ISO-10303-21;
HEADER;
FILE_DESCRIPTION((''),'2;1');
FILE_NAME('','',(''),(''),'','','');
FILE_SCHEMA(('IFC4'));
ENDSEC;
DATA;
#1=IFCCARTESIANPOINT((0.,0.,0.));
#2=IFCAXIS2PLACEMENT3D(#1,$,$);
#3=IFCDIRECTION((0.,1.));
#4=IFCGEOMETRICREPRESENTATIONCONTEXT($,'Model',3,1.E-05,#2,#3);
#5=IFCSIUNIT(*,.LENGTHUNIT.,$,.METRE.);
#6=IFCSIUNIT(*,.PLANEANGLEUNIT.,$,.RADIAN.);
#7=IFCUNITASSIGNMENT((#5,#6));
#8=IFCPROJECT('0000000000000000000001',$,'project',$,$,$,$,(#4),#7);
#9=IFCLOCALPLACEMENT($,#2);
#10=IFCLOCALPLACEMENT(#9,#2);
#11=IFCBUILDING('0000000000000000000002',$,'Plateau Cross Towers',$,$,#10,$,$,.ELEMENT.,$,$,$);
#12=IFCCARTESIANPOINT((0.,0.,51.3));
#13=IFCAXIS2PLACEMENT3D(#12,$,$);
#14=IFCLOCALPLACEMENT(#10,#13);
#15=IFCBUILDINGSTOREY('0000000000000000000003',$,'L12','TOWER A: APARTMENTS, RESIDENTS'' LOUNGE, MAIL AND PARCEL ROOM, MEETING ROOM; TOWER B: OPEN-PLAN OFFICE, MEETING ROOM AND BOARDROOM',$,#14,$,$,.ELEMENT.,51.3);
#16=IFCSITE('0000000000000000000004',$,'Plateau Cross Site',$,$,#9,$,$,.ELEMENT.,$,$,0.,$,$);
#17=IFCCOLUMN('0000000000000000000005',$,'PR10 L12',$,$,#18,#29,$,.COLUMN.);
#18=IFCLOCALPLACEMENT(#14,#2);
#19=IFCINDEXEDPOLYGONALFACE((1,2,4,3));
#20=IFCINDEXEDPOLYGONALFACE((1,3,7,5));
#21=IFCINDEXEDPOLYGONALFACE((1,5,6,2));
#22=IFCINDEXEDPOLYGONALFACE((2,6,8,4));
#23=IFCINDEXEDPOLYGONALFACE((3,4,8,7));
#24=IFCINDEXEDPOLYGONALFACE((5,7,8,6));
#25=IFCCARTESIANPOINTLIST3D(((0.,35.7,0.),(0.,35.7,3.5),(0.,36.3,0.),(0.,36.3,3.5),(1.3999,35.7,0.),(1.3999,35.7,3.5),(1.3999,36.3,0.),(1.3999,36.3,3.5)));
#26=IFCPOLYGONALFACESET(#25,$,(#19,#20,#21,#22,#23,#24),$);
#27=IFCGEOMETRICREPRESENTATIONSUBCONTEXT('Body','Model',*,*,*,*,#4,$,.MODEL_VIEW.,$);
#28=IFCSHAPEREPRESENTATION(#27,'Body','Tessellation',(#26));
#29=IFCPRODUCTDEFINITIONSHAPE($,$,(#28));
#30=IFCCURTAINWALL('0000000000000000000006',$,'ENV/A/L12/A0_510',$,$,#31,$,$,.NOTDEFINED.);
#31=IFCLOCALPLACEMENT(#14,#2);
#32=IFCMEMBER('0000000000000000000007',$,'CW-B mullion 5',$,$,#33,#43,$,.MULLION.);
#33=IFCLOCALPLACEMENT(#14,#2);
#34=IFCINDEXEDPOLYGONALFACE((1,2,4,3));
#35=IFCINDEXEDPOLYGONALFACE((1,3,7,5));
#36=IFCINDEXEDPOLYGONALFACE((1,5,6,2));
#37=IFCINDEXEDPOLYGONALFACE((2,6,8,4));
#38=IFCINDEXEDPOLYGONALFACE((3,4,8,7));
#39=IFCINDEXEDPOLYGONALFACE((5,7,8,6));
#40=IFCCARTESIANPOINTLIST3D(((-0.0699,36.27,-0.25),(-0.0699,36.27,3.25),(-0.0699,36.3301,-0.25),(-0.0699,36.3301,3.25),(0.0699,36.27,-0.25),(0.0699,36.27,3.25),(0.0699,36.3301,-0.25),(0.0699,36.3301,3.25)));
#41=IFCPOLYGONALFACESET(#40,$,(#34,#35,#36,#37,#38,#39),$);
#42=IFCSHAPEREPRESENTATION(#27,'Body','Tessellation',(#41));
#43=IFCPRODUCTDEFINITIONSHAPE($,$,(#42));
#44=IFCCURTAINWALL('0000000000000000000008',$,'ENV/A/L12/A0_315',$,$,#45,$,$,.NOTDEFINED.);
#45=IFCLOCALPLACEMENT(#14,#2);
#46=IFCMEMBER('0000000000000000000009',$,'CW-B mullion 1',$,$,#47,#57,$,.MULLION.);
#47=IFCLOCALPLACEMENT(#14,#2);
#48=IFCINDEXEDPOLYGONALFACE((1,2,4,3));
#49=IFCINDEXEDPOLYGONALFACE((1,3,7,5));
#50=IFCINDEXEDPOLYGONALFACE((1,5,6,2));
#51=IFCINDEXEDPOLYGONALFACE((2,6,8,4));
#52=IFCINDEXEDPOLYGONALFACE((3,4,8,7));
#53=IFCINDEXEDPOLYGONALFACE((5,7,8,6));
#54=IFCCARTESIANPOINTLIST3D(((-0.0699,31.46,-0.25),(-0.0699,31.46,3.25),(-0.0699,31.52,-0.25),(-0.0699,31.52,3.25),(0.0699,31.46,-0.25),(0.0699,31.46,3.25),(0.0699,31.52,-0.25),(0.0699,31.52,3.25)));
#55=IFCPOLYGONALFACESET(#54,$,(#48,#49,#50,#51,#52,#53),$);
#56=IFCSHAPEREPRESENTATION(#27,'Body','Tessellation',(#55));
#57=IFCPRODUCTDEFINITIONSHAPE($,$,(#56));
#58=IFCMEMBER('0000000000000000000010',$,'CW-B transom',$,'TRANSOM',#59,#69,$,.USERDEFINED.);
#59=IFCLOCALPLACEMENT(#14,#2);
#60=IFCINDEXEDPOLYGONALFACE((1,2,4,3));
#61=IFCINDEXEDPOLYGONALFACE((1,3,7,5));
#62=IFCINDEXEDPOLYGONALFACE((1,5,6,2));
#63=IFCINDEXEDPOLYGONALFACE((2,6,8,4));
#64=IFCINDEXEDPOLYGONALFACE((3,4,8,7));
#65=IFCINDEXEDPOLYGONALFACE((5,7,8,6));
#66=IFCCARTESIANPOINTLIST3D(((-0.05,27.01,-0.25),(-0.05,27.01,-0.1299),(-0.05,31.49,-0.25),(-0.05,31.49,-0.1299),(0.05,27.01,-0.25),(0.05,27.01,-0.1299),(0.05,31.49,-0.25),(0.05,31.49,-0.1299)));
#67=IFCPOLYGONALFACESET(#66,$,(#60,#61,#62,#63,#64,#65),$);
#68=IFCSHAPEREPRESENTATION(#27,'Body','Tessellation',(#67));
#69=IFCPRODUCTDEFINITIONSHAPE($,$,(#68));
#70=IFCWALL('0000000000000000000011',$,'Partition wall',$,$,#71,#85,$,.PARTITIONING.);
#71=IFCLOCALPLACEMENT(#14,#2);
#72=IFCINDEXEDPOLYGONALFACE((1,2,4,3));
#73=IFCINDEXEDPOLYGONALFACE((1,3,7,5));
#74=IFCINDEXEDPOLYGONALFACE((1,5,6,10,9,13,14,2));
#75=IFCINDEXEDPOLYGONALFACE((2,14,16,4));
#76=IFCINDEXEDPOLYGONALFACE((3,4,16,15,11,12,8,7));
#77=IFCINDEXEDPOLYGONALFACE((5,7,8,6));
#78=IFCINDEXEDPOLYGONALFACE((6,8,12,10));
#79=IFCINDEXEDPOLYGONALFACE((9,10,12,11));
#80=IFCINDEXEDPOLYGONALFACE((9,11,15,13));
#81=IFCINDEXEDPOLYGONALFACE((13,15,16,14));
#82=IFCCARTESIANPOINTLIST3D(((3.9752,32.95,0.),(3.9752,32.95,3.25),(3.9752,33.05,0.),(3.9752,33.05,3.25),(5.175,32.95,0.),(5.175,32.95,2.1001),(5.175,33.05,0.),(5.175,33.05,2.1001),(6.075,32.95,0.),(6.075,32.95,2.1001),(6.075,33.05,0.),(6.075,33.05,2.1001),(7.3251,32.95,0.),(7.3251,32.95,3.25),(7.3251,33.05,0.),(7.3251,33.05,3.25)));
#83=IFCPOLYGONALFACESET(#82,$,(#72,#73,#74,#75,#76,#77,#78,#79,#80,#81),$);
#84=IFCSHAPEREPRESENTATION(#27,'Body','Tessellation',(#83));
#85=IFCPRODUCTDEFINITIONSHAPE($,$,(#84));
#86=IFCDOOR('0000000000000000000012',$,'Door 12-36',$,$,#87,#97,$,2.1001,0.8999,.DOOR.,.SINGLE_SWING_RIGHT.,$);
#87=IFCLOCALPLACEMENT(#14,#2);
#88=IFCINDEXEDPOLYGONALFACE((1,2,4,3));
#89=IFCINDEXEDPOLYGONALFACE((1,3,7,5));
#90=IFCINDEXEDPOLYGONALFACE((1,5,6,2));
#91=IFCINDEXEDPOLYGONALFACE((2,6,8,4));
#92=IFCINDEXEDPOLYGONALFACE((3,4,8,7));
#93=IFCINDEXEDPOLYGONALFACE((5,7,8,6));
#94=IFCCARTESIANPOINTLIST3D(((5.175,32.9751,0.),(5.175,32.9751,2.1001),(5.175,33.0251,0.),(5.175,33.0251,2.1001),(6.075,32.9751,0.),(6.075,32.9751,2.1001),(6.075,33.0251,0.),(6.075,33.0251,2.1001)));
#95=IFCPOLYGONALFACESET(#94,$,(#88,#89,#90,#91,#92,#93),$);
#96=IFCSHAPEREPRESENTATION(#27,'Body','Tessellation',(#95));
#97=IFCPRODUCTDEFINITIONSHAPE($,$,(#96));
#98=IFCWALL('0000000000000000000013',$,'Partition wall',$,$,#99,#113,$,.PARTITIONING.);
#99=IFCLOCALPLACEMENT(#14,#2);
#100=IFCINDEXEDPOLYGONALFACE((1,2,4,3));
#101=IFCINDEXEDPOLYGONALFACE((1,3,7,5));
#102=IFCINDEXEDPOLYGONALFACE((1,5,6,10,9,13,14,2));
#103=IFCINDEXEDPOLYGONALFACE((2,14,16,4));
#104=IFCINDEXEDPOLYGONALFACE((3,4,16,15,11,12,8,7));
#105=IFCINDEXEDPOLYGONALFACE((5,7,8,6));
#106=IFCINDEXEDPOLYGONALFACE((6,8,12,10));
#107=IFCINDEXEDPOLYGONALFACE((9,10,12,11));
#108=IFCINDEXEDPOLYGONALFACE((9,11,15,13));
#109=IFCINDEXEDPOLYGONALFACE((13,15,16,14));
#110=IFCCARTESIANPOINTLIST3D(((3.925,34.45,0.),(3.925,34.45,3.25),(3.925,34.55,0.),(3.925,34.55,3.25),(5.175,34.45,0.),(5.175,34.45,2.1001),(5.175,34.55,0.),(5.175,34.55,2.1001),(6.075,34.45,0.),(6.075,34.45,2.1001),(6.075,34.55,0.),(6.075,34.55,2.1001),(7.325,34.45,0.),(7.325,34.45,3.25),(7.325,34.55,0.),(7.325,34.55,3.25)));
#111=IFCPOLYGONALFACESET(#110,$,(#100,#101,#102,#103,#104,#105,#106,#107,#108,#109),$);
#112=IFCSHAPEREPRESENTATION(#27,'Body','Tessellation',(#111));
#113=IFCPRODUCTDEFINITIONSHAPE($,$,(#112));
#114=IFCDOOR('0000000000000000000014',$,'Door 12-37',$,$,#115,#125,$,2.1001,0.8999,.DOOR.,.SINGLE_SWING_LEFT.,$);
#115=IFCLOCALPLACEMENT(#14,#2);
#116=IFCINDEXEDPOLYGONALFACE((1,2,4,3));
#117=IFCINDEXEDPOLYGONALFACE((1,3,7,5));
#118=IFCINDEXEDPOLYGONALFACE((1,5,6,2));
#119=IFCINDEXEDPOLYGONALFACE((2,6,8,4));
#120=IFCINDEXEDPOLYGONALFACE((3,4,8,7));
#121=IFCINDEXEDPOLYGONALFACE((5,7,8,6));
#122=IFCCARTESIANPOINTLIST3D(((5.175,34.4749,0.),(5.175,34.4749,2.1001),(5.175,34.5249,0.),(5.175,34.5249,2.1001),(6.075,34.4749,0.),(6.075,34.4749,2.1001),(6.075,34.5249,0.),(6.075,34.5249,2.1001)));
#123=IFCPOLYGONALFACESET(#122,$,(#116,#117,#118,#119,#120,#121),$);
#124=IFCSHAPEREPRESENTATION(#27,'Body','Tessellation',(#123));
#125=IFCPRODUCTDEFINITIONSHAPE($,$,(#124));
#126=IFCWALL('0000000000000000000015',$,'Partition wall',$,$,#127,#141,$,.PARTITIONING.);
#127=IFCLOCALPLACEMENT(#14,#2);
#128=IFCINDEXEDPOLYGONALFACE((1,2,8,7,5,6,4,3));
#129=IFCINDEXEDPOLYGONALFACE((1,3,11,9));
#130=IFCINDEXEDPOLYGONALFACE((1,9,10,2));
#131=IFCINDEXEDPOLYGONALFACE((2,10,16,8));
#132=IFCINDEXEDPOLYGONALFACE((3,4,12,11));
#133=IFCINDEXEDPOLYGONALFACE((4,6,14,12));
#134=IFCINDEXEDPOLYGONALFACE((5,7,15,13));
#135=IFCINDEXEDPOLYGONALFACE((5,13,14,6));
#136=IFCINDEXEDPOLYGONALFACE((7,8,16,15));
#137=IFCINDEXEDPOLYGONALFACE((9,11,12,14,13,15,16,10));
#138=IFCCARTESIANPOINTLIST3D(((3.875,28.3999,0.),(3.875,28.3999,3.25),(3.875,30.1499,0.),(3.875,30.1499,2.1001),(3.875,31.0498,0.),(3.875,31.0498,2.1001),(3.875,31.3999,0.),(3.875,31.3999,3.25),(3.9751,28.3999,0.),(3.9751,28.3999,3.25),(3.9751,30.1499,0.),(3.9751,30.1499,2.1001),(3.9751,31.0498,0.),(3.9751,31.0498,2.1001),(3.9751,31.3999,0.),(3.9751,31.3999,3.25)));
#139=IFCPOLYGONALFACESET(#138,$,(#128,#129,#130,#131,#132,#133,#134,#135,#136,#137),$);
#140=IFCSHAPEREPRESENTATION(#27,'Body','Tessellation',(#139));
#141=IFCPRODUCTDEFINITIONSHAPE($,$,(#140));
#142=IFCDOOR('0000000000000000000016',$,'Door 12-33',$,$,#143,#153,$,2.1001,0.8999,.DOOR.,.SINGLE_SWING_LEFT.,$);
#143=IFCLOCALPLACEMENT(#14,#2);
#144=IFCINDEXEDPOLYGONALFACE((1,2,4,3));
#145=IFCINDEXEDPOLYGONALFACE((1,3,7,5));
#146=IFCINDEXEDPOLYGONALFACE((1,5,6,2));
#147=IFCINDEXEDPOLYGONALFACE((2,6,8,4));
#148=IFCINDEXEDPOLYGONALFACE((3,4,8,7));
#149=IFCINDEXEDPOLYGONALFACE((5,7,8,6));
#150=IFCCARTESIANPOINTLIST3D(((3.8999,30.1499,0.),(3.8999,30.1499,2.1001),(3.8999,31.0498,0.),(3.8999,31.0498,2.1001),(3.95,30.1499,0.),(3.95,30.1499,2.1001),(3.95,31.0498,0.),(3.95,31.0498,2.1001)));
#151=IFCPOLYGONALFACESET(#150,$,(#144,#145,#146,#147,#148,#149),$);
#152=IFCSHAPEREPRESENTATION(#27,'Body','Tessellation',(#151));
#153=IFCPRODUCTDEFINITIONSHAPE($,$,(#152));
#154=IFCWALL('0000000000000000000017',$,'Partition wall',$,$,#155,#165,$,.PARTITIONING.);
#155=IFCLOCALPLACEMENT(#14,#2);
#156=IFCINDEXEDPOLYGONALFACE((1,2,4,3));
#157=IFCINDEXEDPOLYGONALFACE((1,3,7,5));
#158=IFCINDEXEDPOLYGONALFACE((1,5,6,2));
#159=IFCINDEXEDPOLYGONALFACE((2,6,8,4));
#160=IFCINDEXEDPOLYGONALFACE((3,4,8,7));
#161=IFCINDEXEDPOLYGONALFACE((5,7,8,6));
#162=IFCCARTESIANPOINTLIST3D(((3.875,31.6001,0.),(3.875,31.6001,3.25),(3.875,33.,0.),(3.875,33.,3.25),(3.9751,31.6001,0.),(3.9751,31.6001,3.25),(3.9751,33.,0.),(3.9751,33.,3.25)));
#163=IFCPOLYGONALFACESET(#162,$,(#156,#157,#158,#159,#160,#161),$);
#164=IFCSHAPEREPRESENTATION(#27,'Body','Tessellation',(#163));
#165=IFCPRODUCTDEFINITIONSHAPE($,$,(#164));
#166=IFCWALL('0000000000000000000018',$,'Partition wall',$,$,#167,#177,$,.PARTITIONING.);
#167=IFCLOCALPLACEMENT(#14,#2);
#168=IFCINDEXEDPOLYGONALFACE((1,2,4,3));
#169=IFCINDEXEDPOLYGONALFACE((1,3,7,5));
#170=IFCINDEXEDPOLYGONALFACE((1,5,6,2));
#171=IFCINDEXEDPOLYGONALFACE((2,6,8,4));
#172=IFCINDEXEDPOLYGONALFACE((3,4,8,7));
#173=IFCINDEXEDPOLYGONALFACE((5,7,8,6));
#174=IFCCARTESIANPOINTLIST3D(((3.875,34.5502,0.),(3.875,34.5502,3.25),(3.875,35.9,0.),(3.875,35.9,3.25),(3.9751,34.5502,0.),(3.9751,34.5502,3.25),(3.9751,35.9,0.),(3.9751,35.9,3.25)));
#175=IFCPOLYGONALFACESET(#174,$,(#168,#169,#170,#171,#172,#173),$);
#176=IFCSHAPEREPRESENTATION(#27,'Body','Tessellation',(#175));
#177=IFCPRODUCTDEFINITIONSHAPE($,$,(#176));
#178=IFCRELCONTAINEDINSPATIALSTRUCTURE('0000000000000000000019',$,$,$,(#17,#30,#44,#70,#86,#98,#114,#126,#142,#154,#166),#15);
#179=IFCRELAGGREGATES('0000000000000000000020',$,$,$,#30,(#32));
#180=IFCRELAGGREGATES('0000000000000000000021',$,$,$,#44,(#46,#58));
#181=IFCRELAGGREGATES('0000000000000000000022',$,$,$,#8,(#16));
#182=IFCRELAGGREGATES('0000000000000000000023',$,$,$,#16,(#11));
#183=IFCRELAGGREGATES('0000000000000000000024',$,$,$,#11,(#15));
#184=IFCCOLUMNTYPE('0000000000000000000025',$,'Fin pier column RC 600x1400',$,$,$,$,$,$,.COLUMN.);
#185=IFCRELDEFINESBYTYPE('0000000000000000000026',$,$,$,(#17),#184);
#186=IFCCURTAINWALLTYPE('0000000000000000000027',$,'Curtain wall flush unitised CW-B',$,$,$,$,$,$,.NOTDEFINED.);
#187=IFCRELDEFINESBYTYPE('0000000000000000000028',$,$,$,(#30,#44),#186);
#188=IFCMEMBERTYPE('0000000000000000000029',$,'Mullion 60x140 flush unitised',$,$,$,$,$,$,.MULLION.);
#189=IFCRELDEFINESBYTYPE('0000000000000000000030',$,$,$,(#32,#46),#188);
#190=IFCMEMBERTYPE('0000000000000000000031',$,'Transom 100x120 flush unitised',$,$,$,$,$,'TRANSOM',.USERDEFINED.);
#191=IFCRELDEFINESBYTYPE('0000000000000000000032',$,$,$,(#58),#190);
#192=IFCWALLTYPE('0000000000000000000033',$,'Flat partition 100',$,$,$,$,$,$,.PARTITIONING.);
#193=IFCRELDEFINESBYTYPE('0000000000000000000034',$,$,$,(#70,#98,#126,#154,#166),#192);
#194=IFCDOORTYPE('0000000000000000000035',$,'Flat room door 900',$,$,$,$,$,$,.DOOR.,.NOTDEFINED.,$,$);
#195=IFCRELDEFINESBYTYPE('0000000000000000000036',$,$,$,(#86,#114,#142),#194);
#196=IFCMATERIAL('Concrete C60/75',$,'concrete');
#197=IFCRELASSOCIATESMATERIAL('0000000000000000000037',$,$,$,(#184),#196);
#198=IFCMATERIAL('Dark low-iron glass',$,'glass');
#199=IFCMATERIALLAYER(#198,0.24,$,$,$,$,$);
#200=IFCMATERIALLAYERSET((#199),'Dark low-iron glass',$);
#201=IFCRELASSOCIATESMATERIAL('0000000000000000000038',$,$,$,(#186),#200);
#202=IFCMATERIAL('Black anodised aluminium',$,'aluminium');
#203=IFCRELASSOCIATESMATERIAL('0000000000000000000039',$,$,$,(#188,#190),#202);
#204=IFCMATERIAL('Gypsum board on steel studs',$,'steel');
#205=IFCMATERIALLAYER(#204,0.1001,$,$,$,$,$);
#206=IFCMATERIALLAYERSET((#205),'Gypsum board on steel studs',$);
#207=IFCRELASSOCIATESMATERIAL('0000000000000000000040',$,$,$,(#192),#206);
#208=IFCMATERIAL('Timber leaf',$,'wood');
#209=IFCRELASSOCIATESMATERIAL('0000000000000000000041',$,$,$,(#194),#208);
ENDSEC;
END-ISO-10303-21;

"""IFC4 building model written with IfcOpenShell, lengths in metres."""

from ifc_helpers import new_model, si_unit, direction, frame, frame_2d, origin, origin_2d, place, context, subcontext, project, spatial, rectangle, extrude, material, layer, layer_set, material_profile, profile_set, type_object, element, fill, aggregate, save


model = new_model("IFC4")

# Units and contexts
model_context = context("Model", 3, precision=1e-05, world=origin(), true_north=direction((0.0, 1.0)))
body_context = subcontext(model_context, "Body", "Model", "MODEL_VIEW")
ifc_project = project(units=[si_unit("LENGTHUNIT", "METRE"), si_unit("PLANEANGLEUNIT", "RADIAN")], contexts=[model_context])

# Site, building, storey
site_placement = place(None, origin())
site = spatial("IfcSite", under=ifc_project, at=site_placement, Name="Plateau Cross Site", CompositionType="ELEMENT", RefElevation=0.0)
building_placement = place(site_placement, origin())
building = spatial("IfcBuilding", under=site, at=building_placement, Name="Plateau Cross Towers", CompositionType="ELEMENT")
storey_placement = place(building_placement, frame((0.0, 0.0, 51.3)))
storey = spatial("IfcBuildingStorey", under=building, at=storey_placement, Name="L12", Description="TOWER A: APARTMENTS, RESIDENTS' LOUNGE, MAIL AND PARCEL ROOM, MEETING ROOM; TOWER B: OPEN-PLAN OFFICE, MEETING ROOM AND BOARDROOM", CompositionType="ELEMENT", Elevation=51.3)

# Column
ifc_material_1 = material(Name="Concrete C60/75", Category="concrete")
ifc_material_profile_1 = material_profile(ifc_material_1, rectangle(XDim=0.6001, YDim=1.3999, at=origin_2d()), Name="RC 600x1400")
ifc_profile_set_1 = profile_set([ifc_material_profile_1], Name="Concrete C60/75")
column_type = type_object("IfcColumnType", Name="Fin pier column RC 600x1400", PredefinedType="COLUMN", material=ifc_profile_set_1)
column_placement = place(storey_placement, frame((0.7, 36.0, 0.0), z_axis=(0.0, 0.0, 1.0), x_axis=(0.0, 1.0, 0.0)))
element("IfcColumn", 1, at=column_placement, inside=storey, type_object=column_type, Name="PR10 L12", PredefinedType="COLUMN", context=body_context, shape_type="SweptSolid", body=[
    extrude(rectangle(XDim=0.6001, YDim=1.3999, at=origin_2d()), origin(), (0.0, 0.0, 1.0), 3.5),
])

# Curtain wall, member
ifc_material_2 = material(Name="Dark low-iron glass", Category="glass")
ifc_layer_1 = layer(ifc_material_2, 0.24)
ifc_layer_set_1 = layer_set([ifc_layer_1], Name="Dark low-iron glass")
curtain_wall_type = type_object("IfcCurtainWallType", Name="Curtain wall flush unitised CW-B", PredefinedType="NOTDEFINED", material=ifc_layer_set_1)
curtain_wall_1_placement = place(storey_placement, origin())
curtain_wall_1 = element("IfcCurtainWall", 2, at=curtain_wall_1_placement, inside=storey, type_object=curtain_wall_type, Name="ENV/A/L12/A0_510", PredefinedType="NOTDEFINED")
ifc_material_3 = material(Name="Black anodised aluminium", Category="aluminium")
ifc_material_profile_2 = material_profile(ifc_material_3, rectangle(XDim=0.0601, YDim=0.1399, at=origin_2d()), Name="MULLION 60x140")
ifc_profile_set_2 = profile_set([ifc_material_profile_2], Name="Black anodised aluminium")
member_type_1 = type_object("IfcMemberType", Name="Mullion 60x140 flush unitised", PredefinedType="MULLION", material=ifc_profile_set_2)
member_1_placement = place(storey_placement, frame((0.0, 36.3, -0.25), z_axis=(0.0, 0.0, 1.0), x_axis=(0.0, -1.0, 0.0)))
member_1 = element("IfcMember", 3, at=member_1_placement, type_object=member_type_1, Name="CW-B mullion 5", PredefinedType="MULLION", context=body_context, shape_type="SweptSolid", body=[
    extrude(rectangle(XDim=0.0601, YDim=0.1399, at=origin_2d()), origin(), (0.0, 0.0, 1.0), 3.5),
])
aggregate(curtain_wall_1, [member_1])

# Curtain wall, members
curtain_wall_2_placement = place(storey_placement, origin())
curtain_wall_2 = element("IfcCurtainWall", 4, at=curtain_wall_2_placement, inside=storey, type_object=curtain_wall_type, Name="ENV/A/L12/A0_315", PredefinedType="NOTDEFINED")
member_2_placement = place(storey_placement, frame((0.0, 31.49, -0.25), z_axis=(0.0, 0.0, 1.0), x_axis=(0.0, -1.0, 0.0)))
member_2 = element("IfcMember", 5, at=member_2_placement, type_object=member_type_1, Name="CW-B mullion 1", PredefinedType="MULLION", context=body_context, shape_type="SweptSolid", body=[
    extrude(rectangle(XDim=0.0601, YDim=0.1399, at=origin_2d()), origin(), (0.0, 0.0, 1.0), 3.5),
])
ifc_material_profile_3 = material_profile(ifc_material_3, rectangle(XDim=0.1001, YDim=0.1201, at=origin_2d()), Name="TRANSOM 100x120")
ifc_profile_set_3 = profile_set([ifc_material_profile_3], Name="Black anodised aluminium")
member_type_2 = type_object("IfcMemberType", Name="Transom 100x120 flush unitised", ElementType="TRANSOM", PredefinedType="USERDEFINED", material=ifc_profile_set_3)
member_3_placement = place(storey_placement, frame((0.0, 31.49, -0.1899), z_axis=(0.0, -1.0, 0.0), x_axis=(1.0, 0.0, 0.0)))
member_3 = element("IfcMember", 6, at=member_3_placement, type_object=member_type_2, Name="CW-B transom", ObjectType="TRANSOM", PredefinedType="USERDEFINED", context=body_context, shape_type="SweptSolid", body=[
    extrude(rectangle(XDim=0.1001, YDim=0.1201, at=origin_2d()), origin(), (0.0, 0.0, 1.0), 4.48),
])
aggregate(curtain_wall_2, [member_2, member_3])

# Walls, openings, doors
ifc_material_4 = material(Name="Gypsum board on steel studs", Category="steel")
ifc_layer_2 = layer(ifc_material_4, 0.1001)
ifc_layer_set_2 = layer_set([ifc_layer_2], Name="Gypsum board on steel studs")
wall_type_1 = type_object("IfcWallType", Name="Flat partition 100", PredefinedType="PARTITIONING", material=ifc_layer_set_2)
wall_1_placement = place(storey_placement, frame((7.325, 33.0, 0.0), z_axis=(0.0, 0.0, 1.0), x_axis=(-1.0, 0.0, 0.0)))
wall_1 = element("IfcWall", 7, at=wall_1_placement, inside=storey, type_object=wall_type_1, Name="Partition wall", PredefinedType="PARTITIONING", context=body_context, shape_type="SweptSolid", body=[
    extrude(rectangle(XDim=3.3499, YDim=0.1001, at=frame_2d((1.6748, 0.0))), origin(), (0.0, 0.0, 1.0), 3.25),
])
opening_1_placement = place(wall_1_placement, frame((1.25, 0.0, 0.0)))
opening_1 = element("IfcOpeningElement", 8, at=opening_1_placement, cuts=wall_1, PredefinedType="OPENING", context=body_context, shape_type="SweptSolid", body=[
    extrude(rectangle(XDim=0.8999, YDim=2.1001, at=frame_2d((0.45, 1.05))), frame((0.0, 0.0601, 0.0), z_axis=(0.0, -1.0, 0.0), x_axis=(1.0, 0.0, 0.0)), (0.0, 0.0, 1.0), 0.1201),
])
ifc_material_5 = material(Name="Timber leaf", Category="wood")
door_type_1 = type_object("IfcDoorType", Name="Flat room door 900", OperationType="NOTDEFINED", PredefinedType="DOOR", material=ifc_material_5)
door_1_placement = place(opening_1_placement, origin())
door_1 = element("IfcDoor", 9, at=door_1_placement, inside=storey, type_object=door_type_1, Name="Door 12-36", OperationType="SINGLE_SWING_RIGHT", OverallHeight=2.1001, OverallWidth=0.8999, PredefinedType="DOOR", context=body_context, shape_type="SweptSolid", body=[
    extrude(rectangle(XDim=0.8999, YDim=2.1001, at=frame_2d((0.45, 1.05))), frame((0.0, 0.0249, 0.0), z_axis=(0.0, -1.0, 0.0), x_axis=(1.0, 0.0, 0.0)), (0.0, 0.0, 1.0), 0.05),
])
fill(opening_1, door_1)
wall_2_placement = place(storey_placement, frame((3.925, 34.5, 0.0), z_axis=(0.0, 0.0, 1.0), x_axis=(1.0, 0.0, 0.0)))
wall_2 = element("IfcWall", 10, at=wall_2_placement, inside=storey, type_object=wall_type_1, Name="Partition wall", PredefinedType="PARTITIONING", context=body_context, shape_type="SweptSolid", body=[
    extrude(rectangle(XDim=3.3999, YDim=0.1001, at=frame_2d((1.7, 0.0))), origin(), (0.0, 0.0, 1.0), 3.25),
])
opening_2_placement = place(wall_2_placement, frame((1.25, 0.0, 0.0)))
opening_2 = element("IfcOpeningElement", 11, at=opening_2_placement, cuts=wall_2, PredefinedType="OPENING", context=body_context, shape_type="SweptSolid", body=[
    extrude(rectangle(XDim=0.8999, YDim=2.1001, at=frame_2d((0.45, 1.05))), frame((0.0, 0.0601, 0.0), z_axis=(0.0, -1.0, 0.0), x_axis=(1.0, 0.0, 0.0)), (0.0, 0.0, 1.0), 0.1201),
])
door_2_placement = place(opening_2_placement, origin())
door_2 = element("IfcDoor", 12, at=door_2_placement, inside=storey, type_object=door_type_1, Name="Door 12-37", OperationType="SINGLE_SWING_LEFT", OverallHeight=2.1001, OverallWidth=0.8999, PredefinedType="DOOR", context=body_context, shape_type="SweptSolid", body=[
    extrude(rectangle(XDim=0.8999, YDim=2.1001, at=frame_2d((0.45, 1.05))), frame((0.0, 0.0249, 0.0), z_axis=(0.0, -1.0, 0.0), x_axis=(1.0, 0.0, 0.0)), (0.0, 0.0, 1.0), 0.05),
])
fill(opening_2, door_2)
wall_3_placement = place(storey_placement, frame((3.925, 31.3999, 0.0), z_axis=(0.0, 0.0, 1.0), x_axis=(0.0, -1.0, 0.0)))
wall_3 = element("IfcWall", 13, at=wall_3_placement, inside=storey, type_object=wall_type_1, Name="Partition wall", PredefinedType="PARTITIONING", context=body_context, shape_type="SweptSolid", body=[
    extrude(rectangle(XDim=3.0, YDim=0.1001, at=frame_2d((1.5, 0.0))), origin(), (0.0, 0.0, 1.0), 3.25),
])
opening_3_placement = place(wall_3_placement, frame((0.3501, 0.0, 0.0)))
opening_3 = element("IfcOpeningElement", 14, at=opening_3_placement, cuts=wall_3, PredefinedType="OPENING", context=body_context, shape_type="SweptSolid", body=[
    extrude(rectangle(XDim=0.8999, YDim=2.1001, at=frame_2d((0.45, 1.05))), frame((0.0, 0.0601, 0.0), z_axis=(0.0, -1.0, 0.0), x_axis=(1.0, 0.0, 0.0)), (0.0, 0.0, 1.0), 0.1201),
])
door_3_placement = place(opening_3_placement, origin())
door_3 = element("IfcDoor", 15, at=door_3_placement, inside=storey, type_object=door_type_1, Name="Door 12-33", OperationType="SINGLE_SWING_LEFT", OverallHeight=2.1001, OverallWidth=0.8999, PredefinedType="DOOR", context=body_context, shape_type="SweptSolid", body=[
    extrude(rectangle(XDim=0.8999, YDim=2.1001, at=frame_2d((0.45, 1.05))), frame((0.0, 0.0249, 0.0), z_axis=(0.0, -1.0, 0.0), x_axis=(1.0, 0.0, 0.0)), (0.0, 0.0, 1.0), 0.05),
])
fill(opening_3, door_3)

# Walls
wall_4_placement = place(storey_placement, frame((3.925, 33.0, 0.0), z_axis=(0.0, 0.0, 1.0), x_axis=(0.0, -1.0, 0.0)))
element("IfcWall", 16, at=wall_4_placement, inside=storey, type_object=wall_type_1, Name="Partition wall", PredefinedType="PARTITIONING", context=body_context, shape_type="SweptSolid", body=[
    extrude(rectangle(XDim=1.3999, YDim=0.1001, at=frame_2d((0.7, 0.0))), origin(), (0.0, 0.0, 1.0), 3.25),
])
for number, where, z_axis, x_axis, name in (
    (17, (3.925, 35.8999, 0.0), (0.0, 0.0, 1.0), (0.0, -1.0, 0.0), "Partition wall"),
):
    element("IfcWall", number, at=place(storey_placement, frame(where, z_axis=z_axis, x_axis=x_axis)), inside=storey, type_object=wall_type_1, Name=name, PredefinedType="PARTITIONING", context=body_context, shape_type="SweptSolid", body=[
        extrude(rectangle(XDim=1.3499, YDim=0.1001, at=frame_2d((0.6748, 0.0))), origin(), (0.0, 0.0, 1.0), 3.25),
    ])

save(model, "model.ifc")
